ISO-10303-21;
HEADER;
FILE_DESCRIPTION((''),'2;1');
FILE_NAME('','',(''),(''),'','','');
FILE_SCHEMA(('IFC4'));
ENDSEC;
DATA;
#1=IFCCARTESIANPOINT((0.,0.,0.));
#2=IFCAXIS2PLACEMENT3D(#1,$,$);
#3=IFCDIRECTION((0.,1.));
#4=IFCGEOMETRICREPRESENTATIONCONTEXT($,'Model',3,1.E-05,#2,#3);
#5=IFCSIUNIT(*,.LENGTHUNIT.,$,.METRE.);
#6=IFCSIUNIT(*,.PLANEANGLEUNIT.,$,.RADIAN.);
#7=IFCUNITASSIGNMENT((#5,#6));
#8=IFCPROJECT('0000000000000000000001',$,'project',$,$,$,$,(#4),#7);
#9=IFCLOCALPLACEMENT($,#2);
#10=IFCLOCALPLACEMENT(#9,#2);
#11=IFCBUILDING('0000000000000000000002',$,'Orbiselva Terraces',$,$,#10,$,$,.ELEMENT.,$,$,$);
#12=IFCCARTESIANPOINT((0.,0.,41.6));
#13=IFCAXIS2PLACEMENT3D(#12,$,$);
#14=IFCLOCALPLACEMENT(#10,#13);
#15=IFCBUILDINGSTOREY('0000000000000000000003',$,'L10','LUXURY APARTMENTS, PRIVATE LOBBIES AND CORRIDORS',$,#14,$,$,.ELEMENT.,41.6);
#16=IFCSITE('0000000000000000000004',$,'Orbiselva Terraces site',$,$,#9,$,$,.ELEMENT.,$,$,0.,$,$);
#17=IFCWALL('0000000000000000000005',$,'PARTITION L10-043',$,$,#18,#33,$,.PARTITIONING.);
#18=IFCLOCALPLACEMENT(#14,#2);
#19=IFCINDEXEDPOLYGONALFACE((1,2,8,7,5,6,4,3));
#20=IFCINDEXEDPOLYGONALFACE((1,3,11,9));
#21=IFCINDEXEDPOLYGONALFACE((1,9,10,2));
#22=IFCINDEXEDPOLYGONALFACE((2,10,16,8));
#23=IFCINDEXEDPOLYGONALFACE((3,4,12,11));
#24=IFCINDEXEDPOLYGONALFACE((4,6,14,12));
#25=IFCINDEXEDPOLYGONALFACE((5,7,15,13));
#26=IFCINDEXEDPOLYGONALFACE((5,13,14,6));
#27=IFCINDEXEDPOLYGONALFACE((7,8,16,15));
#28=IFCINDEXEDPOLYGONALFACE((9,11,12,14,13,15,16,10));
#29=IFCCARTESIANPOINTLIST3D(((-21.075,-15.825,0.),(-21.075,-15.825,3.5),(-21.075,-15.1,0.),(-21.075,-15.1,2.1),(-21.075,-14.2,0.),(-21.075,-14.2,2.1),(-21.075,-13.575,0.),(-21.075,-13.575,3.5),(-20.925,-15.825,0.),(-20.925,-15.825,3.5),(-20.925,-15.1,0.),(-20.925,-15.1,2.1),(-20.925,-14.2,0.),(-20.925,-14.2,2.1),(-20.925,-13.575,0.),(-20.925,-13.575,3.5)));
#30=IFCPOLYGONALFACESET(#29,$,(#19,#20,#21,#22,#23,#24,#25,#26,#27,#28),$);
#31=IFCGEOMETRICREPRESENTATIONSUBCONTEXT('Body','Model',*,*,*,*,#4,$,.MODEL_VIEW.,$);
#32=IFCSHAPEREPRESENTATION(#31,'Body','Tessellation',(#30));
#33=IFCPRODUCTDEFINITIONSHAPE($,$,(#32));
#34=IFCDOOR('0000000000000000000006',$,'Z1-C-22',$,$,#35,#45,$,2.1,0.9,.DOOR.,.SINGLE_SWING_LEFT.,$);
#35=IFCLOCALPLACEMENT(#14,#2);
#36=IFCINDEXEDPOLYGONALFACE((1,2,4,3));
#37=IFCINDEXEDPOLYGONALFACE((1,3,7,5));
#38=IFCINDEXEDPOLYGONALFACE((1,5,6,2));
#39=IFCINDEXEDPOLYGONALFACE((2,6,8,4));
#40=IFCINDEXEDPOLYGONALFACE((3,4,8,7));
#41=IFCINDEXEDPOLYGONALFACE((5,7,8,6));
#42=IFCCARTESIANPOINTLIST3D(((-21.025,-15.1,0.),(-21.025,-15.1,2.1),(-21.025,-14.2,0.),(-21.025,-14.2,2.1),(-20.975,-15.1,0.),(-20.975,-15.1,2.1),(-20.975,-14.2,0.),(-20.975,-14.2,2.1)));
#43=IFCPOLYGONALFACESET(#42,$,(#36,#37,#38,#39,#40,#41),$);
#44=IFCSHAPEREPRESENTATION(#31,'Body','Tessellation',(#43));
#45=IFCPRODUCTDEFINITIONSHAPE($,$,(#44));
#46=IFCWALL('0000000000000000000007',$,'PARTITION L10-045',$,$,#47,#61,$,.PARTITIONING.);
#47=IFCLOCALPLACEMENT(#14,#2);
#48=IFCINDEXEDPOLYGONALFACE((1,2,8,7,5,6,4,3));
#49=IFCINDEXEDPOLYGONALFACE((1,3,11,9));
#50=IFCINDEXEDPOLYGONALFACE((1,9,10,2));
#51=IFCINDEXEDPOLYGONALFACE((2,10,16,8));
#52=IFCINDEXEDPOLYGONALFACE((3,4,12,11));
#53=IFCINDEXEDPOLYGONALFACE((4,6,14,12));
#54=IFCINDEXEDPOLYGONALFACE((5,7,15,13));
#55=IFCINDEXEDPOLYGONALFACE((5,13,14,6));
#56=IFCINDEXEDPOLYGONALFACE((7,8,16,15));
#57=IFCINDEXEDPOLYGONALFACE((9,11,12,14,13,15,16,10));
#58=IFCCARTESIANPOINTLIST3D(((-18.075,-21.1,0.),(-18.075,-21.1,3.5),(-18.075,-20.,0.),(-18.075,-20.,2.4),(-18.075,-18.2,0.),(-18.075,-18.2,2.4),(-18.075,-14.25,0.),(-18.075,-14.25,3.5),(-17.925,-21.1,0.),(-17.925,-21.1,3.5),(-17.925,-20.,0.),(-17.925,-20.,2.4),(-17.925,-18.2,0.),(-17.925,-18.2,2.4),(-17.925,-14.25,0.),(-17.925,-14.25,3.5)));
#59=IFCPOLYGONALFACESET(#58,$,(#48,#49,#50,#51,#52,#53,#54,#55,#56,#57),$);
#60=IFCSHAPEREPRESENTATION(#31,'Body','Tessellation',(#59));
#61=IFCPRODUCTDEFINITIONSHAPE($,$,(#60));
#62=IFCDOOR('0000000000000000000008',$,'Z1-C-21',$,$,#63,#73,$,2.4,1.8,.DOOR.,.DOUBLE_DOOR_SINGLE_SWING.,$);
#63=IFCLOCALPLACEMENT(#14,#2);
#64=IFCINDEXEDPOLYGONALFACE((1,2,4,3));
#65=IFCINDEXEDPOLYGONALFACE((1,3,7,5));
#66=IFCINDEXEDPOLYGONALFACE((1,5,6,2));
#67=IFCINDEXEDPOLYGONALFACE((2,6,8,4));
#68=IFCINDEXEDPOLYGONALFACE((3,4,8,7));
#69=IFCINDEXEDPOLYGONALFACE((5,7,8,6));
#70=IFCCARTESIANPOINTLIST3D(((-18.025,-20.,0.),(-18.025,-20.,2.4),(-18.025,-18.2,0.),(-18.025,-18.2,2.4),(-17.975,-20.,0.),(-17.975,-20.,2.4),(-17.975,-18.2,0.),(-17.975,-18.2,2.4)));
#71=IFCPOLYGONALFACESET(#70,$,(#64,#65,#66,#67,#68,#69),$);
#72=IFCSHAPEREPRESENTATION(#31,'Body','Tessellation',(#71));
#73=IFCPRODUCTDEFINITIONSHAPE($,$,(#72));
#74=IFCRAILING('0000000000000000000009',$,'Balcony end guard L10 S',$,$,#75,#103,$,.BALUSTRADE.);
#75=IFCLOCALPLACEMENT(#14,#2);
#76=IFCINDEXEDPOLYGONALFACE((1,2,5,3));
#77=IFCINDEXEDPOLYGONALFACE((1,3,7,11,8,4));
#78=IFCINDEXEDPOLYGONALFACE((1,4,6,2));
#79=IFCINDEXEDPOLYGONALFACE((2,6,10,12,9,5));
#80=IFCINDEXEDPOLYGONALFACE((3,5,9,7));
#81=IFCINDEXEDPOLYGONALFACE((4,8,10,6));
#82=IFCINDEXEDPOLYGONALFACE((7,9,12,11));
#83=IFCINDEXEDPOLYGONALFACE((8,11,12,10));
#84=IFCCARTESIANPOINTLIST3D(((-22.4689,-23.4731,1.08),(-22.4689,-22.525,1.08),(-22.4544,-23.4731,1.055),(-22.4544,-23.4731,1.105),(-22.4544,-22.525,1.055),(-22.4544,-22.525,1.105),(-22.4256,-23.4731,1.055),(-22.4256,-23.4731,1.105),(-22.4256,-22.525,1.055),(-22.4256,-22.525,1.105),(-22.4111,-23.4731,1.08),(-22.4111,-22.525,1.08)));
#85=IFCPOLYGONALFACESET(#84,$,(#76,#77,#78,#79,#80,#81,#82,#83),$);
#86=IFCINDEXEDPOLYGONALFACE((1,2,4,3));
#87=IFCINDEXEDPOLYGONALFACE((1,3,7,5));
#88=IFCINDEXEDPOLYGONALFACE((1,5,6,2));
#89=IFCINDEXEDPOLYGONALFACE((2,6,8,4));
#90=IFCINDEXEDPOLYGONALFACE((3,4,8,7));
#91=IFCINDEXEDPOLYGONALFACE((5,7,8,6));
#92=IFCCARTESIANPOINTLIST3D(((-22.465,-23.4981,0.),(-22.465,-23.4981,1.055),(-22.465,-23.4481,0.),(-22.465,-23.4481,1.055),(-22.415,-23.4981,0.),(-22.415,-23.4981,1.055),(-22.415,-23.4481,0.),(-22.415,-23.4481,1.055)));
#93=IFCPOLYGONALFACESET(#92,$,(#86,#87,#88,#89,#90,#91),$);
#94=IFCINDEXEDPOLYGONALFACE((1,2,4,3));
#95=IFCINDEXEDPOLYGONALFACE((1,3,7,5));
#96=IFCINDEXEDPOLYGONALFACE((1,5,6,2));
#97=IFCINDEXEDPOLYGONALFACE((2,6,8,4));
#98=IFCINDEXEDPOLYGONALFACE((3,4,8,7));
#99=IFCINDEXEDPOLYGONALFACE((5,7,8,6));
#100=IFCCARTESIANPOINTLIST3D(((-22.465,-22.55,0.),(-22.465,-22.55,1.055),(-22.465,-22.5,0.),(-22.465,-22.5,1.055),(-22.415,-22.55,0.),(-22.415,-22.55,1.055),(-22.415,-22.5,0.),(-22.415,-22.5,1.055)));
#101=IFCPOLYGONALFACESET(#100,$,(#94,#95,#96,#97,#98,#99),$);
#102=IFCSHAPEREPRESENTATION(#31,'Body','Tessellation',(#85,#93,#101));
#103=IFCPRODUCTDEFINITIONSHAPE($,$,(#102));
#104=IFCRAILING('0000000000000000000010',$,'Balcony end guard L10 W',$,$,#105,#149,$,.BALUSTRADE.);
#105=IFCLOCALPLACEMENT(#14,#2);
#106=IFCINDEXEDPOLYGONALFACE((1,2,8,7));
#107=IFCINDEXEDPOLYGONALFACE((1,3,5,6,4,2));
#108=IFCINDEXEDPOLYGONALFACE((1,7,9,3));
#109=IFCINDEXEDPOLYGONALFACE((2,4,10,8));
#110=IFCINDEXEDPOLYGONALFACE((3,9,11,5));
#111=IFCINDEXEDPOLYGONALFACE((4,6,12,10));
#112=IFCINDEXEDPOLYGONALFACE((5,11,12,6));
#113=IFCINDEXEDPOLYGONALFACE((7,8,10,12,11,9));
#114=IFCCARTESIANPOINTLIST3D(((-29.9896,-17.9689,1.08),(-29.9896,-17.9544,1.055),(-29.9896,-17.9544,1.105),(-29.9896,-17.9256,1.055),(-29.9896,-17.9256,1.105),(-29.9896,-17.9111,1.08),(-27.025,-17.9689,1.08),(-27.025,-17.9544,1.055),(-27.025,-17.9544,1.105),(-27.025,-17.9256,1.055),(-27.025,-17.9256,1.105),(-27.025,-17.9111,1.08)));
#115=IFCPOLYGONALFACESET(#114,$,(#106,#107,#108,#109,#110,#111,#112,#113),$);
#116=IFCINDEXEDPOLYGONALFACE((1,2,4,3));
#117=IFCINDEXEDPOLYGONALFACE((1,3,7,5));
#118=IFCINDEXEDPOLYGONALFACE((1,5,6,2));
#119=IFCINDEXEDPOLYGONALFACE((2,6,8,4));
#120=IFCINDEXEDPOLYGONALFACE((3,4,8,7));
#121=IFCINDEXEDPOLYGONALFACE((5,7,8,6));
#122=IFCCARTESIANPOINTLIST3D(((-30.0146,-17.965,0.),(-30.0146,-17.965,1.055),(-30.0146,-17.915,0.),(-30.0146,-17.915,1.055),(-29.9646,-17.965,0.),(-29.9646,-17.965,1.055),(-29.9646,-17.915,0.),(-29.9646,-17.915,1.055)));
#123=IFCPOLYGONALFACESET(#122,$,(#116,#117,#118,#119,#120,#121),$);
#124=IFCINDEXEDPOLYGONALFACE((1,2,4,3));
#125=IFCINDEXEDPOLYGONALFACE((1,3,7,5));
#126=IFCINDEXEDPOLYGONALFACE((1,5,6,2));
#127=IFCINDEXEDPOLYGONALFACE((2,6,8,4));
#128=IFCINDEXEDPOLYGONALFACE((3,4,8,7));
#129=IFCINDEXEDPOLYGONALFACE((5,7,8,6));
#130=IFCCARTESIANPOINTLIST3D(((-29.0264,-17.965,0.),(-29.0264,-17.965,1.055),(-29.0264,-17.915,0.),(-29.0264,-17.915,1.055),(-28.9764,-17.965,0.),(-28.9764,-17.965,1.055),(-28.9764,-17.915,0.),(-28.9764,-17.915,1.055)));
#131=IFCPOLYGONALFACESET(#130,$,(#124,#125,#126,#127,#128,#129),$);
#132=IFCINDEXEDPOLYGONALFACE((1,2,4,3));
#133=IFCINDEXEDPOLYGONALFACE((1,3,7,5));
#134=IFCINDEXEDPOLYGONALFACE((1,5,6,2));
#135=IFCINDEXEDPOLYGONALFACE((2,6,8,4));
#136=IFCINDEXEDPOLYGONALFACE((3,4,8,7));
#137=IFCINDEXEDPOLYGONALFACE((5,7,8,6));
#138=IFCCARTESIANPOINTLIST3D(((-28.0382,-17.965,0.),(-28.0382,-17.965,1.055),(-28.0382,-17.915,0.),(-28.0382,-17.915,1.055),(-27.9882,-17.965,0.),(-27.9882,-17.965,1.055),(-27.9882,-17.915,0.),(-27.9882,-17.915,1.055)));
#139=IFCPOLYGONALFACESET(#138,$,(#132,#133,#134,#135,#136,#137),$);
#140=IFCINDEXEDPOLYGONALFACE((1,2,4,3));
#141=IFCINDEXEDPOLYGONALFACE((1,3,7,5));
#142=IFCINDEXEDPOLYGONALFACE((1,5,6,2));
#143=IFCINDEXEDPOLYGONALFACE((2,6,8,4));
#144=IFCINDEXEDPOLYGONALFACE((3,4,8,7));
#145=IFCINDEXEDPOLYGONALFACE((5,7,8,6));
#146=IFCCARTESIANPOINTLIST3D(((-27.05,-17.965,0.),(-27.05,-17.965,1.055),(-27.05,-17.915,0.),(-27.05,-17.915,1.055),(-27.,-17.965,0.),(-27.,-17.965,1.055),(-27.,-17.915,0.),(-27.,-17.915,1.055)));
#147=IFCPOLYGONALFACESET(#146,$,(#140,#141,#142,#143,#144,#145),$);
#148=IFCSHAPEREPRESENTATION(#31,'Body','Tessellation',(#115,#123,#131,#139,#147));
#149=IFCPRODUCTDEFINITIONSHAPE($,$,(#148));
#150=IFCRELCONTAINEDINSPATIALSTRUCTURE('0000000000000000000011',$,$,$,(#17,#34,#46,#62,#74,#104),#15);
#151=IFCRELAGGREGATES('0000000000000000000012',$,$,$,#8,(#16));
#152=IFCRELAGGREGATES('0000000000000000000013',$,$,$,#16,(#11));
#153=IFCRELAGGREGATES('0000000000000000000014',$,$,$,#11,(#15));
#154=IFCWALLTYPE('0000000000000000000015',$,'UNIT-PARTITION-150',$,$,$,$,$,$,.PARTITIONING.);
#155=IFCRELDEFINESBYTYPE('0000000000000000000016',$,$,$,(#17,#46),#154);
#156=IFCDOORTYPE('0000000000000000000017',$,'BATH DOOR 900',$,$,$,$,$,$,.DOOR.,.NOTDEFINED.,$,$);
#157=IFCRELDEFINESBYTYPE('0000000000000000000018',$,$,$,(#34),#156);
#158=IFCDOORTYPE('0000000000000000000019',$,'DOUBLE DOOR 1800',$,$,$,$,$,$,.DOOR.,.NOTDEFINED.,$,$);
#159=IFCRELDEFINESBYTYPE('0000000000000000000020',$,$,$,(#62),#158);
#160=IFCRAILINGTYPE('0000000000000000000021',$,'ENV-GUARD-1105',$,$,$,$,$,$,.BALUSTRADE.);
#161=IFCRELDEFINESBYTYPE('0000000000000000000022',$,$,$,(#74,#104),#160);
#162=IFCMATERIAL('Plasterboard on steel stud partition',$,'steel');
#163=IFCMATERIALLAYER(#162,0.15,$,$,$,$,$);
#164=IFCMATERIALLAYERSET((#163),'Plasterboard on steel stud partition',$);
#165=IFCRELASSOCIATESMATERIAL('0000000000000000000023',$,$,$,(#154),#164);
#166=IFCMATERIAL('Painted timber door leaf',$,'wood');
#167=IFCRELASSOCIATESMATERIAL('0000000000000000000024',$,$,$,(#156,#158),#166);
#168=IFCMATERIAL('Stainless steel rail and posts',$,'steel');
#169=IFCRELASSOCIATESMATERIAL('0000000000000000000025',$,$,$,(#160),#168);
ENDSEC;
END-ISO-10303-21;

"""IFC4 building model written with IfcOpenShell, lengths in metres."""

from ifc_helpers import new_model, si_unit, direction, frame, frame_2d, origin, origin_2d, place, context, subcontext, project, spatial, polyline, rectangle, outline, extrude, material, layer, layer_set, type_object, element, fill, save


model = new_model("IFC4")

# Units and contexts
model_context = context("Model", 3, precision=1e-05, world=origin(), true_north=direction((0.0, 1.0)))
body_context = subcontext(model_context, "Body", "Model", "MODEL_VIEW")
ifc_project = project(units=[si_unit("LENGTHUNIT", "METRE"), si_unit("PLANEANGLEUNIT", "RADIAN")], contexts=[model_context])

# Site, building, storey
site_placement = place(None, origin())
site = spatial("IfcSite", under=ifc_project, at=site_placement, Name="Orbiselva Terraces site", CompositionType="ELEMENT", RefElevation=0.0)
building_placement = place(site_placement, origin())
building = spatial("IfcBuilding", under=site, at=building_placement, Name="Orbiselva Terraces", CompositionType="ELEMENT")
storey_placement = place(building_placement, frame((0.0, 0.0, 41.6)))
storey = spatial("IfcBuildingStorey", under=building, at=storey_placement, Name="L10", Description="LUXURY APARTMENTS, PRIVATE LOBBIES AND CORRIDORS", CompositionType="ELEMENT", Elevation=41.6)

# Shared definitions
ifc_material_1 = material(Name="Plasterboard on steel stud partition", Category="steel")
ifc_layer_1 = layer(ifc_material_1, 0.15)
ifc_layer_set_1 = layer_set([ifc_layer_1], Name="Plasterboard on steel stud partition")
wall_type_1 = type_object("IfcWallType", Name="UNIT-PARTITION-150", PredefinedType="PARTITIONING", material=ifc_layer_set_1)

# Walls, openings, doors
wall_1_placement = place(storey_placement, frame((-21.0, -13.575, 0.0), z_axis=(0.0, 0.0, 1.0), x_axis=(0.0, -1.0, 0.0)))
wall_1 = element("IfcWall", 1, at=wall_1_placement, inside=storey, type_object=wall_type_1, Name="PARTITION L10-043", PredefinedType="PARTITIONING", context=body_context, shape_type="SweptSolid", body=[
    extrude(rectangle(XDim=2.25, YDim=0.15, at=frame_2d((1.125, 0.0))), origin(), (0.0, 0.0, 1.0), 3.5),
])
opening_1_placement = place(wall_1_placement, frame((0.625, 0.0, 0.0)))
opening_1 = element("IfcOpeningElement", 2, at=opening_1_placement, cuts=wall_1, PredefinedType="OPENING", context=body_context, shape_type="SweptSolid", body=[
    extrude(rectangle(XDim=0.9, YDim=2.1, at=frame_2d((0.45, 1.05))), frame((0.0, 0.085, 0.0), z_axis=(0.0, -1.0, 0.0), x_axis=(1.0, 0.0, 0.0)), (0.0, 0.0, 1.0), 0.17),
])
ifc_material_2 = material(Name="Painted timber door leaf", Category="wood")
door_type_1 = type_object("IfcDoorType", Name="BATH DOOR 900", OperationType="NOTDEFINED", PredefinedType="DOOR", material=ifc_material_2)
door_1_placement = place(opening_1_placement, origin())
door_1 = element("IfcDoor", 3, at=door_1_placement, inside=storey, type_object=door_type_1, Name="Z1-C-22", OperationType="SINGLE_SWING_LEFT", OverallHeight=2.1, OverallWidth=0.9, PredefinedType="DOOR", context=body_context, shape_type="SweptSolid", body=[
    extrude(rectangle(XDim=0.9, YDim=2.1, at=frame_2d((0.45, 1.05))), frame((0.0, 0.025, 0.0), z_axis=(0.0, -1.0, 0.0), x_axis=(1.0, 0.0, 0.0)), (0.0, 0.0, 1.0), 0.05),
])
fill(opening_1, door_1)
wall_2_placement = place(storey_placement, frame((-18.0, -21.1, 0.0), z_axis=(0.0, 0.0, 1.0), x_axis=(0.0, 1.0, 0.0)))
wall_2 = element("IfcWall", 4, at=wall_2_placement, inside=storey, type_object=wall_type_1, Name="PARTITION L10-045", PredefinedType="PARTITIONING", context=body_context, shape_type="SweptSolid", body=[
    extrude(rectangle(XDim=6.85, YDim=0.15, at=frame_2d((3.425, 0.0))), origin(), (0.0, 0.0, 1.0), 3.5),
])
opening_2_placement = place(wall_2_placement, frame((1.1, 0.0, 0.0)))
opening_2 = element("IfcOpeningElement", 5, at=opening_2_placement, cuts=wall_2, PredefinedType="OPENING", context=body_context, shape_type="SweptSolid", body=[
    extrude(rectangle(XDim=1.8, YDim=2.4, at=frame_2d((0.9, 1.2))), frame((0.0, 0.085, 0.0), z_axis=(0.0, -1.0, 0.0), x_axis=(1.0, 0.0, 0.0)), (0.0, 0.0, 1.0), 0.17),
])
door_type_2 = type_object("IfcDoorType", Name="DOUBLE DOOR 1800", OperationType="NOTDEFINED", PredefinedType="DOOR", material=ifc_material_2)
door_2_placement = place(opening_2_placement, origin())
door_2 = element("IfcDoor", 6, at=door_2_placement, inside=storey, type_object=door_type_2, Name="Z1-C-21", OperationType="DOUBLE_DOOR_SINGLE_SWING", OverallHeight=2.4, OverallWidth=1.8, PredefinedType="DOOR", context=body_context, shape_type="SweptSolid", body=[
    extrude(rectangle(XDim=1.8, YDim=2.4, at=frame_2d((0.9, 1.2))), frame((0.0, 0.025, 0.0), z_axis=(0.0, -1.0, 0.0), x_axis=(1.0, 0.0, 0.0)), (0.0, 0.0, 1.0), 0.05),
])
fill(opening_2, door_2)

# Railings
ifc_material_3 = material(Name="Stainless steel rail and posts", Category="steel")
railing_type_1 = type_object("IfcRailingType", Name="ENV-GUARD-1105", PredefinedType="BALUSTRADE", material=ifc_material_3)
railing_1_placement = place(storey_placement, frame((-22.44, -23.4731, 0.0)))
element("IfcRailing", 7, at=railing_1_placement, inside=storey, type_object=railing_type_1, Name="Balcony end guard L10 S", PredefinedType="BALUSTRADE", context=body_context, shape_type="SweptSolid", body=[
    extrude(outline(polyline([(0.0289, 0.0), (0.0144, 0.025), (-0.0144, 0.025), (-0.0289, 0.0), (-0.0144, -0.025), (0.0144, -0.025), (0.0289, 0.0)])), frame((0.0, 0.0, 1.08), z_axis=(0.0, 1.0, 0.0), x_axis=(-1.0, 0.0, 0.0)), (0.0, 0.0, 1.0), 0.9481),
    extrude(rectangle(XDim=0.05, YDim=0.05, at=origin_2d()), origin(), (0.0, 0.0, 1.0), 1.055),
    extrude(rectangle(XDim=0.05, YDim=0.05, at=origin_2d()), frame((0.0, 0.9481, 0.0)), (0.0, 0.0, 1.0), 1.055),
])
railing_2_placement = place(storey_placement, frame((-29.9896, -17.94, 0.0)))
element("IfcRailing", 8, at=railing_2_placement, inside=storey, type_object=railing_type_1, Name="Balcony end guard L10 W", PredefinedType="BALUSTRADE", context=body_context, shape_type="SweptSolid", body=[
    extrude(outline(polyline([(0.0289, 0.0), (0.0144, 0.025), (-0.0144, 0.025), (-0.0289, 0.0), (-0.0144, -0.025), (0.0144, -0.025), (0.0289, 0.0)])), frame((0.0, 0.0, 1.08), z_axis=(1.0, 0.0, 0.0), x_axis=(0.0, 1.0, 0.0)), (0.0, 0.0, 1.0), 2.9646),
    extrude(rectangle(XDim=0.05, YDim=0.05, at=origin_2d()), origin(), (0.0, 0.0, 1.0), 1.055),
    extrude(rectangle(XDim=0.05, YDim=0.05, at=origin_2d()), frame((0.9882, 0.0, 0.0)), (0.0, 0.0, 1.0), 1.055),
    extrude(rectangle(XDim=0.05, YDim=0.05, at=origin_2d()), frame((1.9764, 0.0, 0.0)), (0.0, 0.0, 1.0), 1.055),
    extrude(rectangle(XDim=0.05, YDim=0.05, at=origin_2d()), frame((2.9646, 0.0, 0.0)), (0.0, 0.0, 1.0), 1.055),
])

save(model, "model.ifc")
